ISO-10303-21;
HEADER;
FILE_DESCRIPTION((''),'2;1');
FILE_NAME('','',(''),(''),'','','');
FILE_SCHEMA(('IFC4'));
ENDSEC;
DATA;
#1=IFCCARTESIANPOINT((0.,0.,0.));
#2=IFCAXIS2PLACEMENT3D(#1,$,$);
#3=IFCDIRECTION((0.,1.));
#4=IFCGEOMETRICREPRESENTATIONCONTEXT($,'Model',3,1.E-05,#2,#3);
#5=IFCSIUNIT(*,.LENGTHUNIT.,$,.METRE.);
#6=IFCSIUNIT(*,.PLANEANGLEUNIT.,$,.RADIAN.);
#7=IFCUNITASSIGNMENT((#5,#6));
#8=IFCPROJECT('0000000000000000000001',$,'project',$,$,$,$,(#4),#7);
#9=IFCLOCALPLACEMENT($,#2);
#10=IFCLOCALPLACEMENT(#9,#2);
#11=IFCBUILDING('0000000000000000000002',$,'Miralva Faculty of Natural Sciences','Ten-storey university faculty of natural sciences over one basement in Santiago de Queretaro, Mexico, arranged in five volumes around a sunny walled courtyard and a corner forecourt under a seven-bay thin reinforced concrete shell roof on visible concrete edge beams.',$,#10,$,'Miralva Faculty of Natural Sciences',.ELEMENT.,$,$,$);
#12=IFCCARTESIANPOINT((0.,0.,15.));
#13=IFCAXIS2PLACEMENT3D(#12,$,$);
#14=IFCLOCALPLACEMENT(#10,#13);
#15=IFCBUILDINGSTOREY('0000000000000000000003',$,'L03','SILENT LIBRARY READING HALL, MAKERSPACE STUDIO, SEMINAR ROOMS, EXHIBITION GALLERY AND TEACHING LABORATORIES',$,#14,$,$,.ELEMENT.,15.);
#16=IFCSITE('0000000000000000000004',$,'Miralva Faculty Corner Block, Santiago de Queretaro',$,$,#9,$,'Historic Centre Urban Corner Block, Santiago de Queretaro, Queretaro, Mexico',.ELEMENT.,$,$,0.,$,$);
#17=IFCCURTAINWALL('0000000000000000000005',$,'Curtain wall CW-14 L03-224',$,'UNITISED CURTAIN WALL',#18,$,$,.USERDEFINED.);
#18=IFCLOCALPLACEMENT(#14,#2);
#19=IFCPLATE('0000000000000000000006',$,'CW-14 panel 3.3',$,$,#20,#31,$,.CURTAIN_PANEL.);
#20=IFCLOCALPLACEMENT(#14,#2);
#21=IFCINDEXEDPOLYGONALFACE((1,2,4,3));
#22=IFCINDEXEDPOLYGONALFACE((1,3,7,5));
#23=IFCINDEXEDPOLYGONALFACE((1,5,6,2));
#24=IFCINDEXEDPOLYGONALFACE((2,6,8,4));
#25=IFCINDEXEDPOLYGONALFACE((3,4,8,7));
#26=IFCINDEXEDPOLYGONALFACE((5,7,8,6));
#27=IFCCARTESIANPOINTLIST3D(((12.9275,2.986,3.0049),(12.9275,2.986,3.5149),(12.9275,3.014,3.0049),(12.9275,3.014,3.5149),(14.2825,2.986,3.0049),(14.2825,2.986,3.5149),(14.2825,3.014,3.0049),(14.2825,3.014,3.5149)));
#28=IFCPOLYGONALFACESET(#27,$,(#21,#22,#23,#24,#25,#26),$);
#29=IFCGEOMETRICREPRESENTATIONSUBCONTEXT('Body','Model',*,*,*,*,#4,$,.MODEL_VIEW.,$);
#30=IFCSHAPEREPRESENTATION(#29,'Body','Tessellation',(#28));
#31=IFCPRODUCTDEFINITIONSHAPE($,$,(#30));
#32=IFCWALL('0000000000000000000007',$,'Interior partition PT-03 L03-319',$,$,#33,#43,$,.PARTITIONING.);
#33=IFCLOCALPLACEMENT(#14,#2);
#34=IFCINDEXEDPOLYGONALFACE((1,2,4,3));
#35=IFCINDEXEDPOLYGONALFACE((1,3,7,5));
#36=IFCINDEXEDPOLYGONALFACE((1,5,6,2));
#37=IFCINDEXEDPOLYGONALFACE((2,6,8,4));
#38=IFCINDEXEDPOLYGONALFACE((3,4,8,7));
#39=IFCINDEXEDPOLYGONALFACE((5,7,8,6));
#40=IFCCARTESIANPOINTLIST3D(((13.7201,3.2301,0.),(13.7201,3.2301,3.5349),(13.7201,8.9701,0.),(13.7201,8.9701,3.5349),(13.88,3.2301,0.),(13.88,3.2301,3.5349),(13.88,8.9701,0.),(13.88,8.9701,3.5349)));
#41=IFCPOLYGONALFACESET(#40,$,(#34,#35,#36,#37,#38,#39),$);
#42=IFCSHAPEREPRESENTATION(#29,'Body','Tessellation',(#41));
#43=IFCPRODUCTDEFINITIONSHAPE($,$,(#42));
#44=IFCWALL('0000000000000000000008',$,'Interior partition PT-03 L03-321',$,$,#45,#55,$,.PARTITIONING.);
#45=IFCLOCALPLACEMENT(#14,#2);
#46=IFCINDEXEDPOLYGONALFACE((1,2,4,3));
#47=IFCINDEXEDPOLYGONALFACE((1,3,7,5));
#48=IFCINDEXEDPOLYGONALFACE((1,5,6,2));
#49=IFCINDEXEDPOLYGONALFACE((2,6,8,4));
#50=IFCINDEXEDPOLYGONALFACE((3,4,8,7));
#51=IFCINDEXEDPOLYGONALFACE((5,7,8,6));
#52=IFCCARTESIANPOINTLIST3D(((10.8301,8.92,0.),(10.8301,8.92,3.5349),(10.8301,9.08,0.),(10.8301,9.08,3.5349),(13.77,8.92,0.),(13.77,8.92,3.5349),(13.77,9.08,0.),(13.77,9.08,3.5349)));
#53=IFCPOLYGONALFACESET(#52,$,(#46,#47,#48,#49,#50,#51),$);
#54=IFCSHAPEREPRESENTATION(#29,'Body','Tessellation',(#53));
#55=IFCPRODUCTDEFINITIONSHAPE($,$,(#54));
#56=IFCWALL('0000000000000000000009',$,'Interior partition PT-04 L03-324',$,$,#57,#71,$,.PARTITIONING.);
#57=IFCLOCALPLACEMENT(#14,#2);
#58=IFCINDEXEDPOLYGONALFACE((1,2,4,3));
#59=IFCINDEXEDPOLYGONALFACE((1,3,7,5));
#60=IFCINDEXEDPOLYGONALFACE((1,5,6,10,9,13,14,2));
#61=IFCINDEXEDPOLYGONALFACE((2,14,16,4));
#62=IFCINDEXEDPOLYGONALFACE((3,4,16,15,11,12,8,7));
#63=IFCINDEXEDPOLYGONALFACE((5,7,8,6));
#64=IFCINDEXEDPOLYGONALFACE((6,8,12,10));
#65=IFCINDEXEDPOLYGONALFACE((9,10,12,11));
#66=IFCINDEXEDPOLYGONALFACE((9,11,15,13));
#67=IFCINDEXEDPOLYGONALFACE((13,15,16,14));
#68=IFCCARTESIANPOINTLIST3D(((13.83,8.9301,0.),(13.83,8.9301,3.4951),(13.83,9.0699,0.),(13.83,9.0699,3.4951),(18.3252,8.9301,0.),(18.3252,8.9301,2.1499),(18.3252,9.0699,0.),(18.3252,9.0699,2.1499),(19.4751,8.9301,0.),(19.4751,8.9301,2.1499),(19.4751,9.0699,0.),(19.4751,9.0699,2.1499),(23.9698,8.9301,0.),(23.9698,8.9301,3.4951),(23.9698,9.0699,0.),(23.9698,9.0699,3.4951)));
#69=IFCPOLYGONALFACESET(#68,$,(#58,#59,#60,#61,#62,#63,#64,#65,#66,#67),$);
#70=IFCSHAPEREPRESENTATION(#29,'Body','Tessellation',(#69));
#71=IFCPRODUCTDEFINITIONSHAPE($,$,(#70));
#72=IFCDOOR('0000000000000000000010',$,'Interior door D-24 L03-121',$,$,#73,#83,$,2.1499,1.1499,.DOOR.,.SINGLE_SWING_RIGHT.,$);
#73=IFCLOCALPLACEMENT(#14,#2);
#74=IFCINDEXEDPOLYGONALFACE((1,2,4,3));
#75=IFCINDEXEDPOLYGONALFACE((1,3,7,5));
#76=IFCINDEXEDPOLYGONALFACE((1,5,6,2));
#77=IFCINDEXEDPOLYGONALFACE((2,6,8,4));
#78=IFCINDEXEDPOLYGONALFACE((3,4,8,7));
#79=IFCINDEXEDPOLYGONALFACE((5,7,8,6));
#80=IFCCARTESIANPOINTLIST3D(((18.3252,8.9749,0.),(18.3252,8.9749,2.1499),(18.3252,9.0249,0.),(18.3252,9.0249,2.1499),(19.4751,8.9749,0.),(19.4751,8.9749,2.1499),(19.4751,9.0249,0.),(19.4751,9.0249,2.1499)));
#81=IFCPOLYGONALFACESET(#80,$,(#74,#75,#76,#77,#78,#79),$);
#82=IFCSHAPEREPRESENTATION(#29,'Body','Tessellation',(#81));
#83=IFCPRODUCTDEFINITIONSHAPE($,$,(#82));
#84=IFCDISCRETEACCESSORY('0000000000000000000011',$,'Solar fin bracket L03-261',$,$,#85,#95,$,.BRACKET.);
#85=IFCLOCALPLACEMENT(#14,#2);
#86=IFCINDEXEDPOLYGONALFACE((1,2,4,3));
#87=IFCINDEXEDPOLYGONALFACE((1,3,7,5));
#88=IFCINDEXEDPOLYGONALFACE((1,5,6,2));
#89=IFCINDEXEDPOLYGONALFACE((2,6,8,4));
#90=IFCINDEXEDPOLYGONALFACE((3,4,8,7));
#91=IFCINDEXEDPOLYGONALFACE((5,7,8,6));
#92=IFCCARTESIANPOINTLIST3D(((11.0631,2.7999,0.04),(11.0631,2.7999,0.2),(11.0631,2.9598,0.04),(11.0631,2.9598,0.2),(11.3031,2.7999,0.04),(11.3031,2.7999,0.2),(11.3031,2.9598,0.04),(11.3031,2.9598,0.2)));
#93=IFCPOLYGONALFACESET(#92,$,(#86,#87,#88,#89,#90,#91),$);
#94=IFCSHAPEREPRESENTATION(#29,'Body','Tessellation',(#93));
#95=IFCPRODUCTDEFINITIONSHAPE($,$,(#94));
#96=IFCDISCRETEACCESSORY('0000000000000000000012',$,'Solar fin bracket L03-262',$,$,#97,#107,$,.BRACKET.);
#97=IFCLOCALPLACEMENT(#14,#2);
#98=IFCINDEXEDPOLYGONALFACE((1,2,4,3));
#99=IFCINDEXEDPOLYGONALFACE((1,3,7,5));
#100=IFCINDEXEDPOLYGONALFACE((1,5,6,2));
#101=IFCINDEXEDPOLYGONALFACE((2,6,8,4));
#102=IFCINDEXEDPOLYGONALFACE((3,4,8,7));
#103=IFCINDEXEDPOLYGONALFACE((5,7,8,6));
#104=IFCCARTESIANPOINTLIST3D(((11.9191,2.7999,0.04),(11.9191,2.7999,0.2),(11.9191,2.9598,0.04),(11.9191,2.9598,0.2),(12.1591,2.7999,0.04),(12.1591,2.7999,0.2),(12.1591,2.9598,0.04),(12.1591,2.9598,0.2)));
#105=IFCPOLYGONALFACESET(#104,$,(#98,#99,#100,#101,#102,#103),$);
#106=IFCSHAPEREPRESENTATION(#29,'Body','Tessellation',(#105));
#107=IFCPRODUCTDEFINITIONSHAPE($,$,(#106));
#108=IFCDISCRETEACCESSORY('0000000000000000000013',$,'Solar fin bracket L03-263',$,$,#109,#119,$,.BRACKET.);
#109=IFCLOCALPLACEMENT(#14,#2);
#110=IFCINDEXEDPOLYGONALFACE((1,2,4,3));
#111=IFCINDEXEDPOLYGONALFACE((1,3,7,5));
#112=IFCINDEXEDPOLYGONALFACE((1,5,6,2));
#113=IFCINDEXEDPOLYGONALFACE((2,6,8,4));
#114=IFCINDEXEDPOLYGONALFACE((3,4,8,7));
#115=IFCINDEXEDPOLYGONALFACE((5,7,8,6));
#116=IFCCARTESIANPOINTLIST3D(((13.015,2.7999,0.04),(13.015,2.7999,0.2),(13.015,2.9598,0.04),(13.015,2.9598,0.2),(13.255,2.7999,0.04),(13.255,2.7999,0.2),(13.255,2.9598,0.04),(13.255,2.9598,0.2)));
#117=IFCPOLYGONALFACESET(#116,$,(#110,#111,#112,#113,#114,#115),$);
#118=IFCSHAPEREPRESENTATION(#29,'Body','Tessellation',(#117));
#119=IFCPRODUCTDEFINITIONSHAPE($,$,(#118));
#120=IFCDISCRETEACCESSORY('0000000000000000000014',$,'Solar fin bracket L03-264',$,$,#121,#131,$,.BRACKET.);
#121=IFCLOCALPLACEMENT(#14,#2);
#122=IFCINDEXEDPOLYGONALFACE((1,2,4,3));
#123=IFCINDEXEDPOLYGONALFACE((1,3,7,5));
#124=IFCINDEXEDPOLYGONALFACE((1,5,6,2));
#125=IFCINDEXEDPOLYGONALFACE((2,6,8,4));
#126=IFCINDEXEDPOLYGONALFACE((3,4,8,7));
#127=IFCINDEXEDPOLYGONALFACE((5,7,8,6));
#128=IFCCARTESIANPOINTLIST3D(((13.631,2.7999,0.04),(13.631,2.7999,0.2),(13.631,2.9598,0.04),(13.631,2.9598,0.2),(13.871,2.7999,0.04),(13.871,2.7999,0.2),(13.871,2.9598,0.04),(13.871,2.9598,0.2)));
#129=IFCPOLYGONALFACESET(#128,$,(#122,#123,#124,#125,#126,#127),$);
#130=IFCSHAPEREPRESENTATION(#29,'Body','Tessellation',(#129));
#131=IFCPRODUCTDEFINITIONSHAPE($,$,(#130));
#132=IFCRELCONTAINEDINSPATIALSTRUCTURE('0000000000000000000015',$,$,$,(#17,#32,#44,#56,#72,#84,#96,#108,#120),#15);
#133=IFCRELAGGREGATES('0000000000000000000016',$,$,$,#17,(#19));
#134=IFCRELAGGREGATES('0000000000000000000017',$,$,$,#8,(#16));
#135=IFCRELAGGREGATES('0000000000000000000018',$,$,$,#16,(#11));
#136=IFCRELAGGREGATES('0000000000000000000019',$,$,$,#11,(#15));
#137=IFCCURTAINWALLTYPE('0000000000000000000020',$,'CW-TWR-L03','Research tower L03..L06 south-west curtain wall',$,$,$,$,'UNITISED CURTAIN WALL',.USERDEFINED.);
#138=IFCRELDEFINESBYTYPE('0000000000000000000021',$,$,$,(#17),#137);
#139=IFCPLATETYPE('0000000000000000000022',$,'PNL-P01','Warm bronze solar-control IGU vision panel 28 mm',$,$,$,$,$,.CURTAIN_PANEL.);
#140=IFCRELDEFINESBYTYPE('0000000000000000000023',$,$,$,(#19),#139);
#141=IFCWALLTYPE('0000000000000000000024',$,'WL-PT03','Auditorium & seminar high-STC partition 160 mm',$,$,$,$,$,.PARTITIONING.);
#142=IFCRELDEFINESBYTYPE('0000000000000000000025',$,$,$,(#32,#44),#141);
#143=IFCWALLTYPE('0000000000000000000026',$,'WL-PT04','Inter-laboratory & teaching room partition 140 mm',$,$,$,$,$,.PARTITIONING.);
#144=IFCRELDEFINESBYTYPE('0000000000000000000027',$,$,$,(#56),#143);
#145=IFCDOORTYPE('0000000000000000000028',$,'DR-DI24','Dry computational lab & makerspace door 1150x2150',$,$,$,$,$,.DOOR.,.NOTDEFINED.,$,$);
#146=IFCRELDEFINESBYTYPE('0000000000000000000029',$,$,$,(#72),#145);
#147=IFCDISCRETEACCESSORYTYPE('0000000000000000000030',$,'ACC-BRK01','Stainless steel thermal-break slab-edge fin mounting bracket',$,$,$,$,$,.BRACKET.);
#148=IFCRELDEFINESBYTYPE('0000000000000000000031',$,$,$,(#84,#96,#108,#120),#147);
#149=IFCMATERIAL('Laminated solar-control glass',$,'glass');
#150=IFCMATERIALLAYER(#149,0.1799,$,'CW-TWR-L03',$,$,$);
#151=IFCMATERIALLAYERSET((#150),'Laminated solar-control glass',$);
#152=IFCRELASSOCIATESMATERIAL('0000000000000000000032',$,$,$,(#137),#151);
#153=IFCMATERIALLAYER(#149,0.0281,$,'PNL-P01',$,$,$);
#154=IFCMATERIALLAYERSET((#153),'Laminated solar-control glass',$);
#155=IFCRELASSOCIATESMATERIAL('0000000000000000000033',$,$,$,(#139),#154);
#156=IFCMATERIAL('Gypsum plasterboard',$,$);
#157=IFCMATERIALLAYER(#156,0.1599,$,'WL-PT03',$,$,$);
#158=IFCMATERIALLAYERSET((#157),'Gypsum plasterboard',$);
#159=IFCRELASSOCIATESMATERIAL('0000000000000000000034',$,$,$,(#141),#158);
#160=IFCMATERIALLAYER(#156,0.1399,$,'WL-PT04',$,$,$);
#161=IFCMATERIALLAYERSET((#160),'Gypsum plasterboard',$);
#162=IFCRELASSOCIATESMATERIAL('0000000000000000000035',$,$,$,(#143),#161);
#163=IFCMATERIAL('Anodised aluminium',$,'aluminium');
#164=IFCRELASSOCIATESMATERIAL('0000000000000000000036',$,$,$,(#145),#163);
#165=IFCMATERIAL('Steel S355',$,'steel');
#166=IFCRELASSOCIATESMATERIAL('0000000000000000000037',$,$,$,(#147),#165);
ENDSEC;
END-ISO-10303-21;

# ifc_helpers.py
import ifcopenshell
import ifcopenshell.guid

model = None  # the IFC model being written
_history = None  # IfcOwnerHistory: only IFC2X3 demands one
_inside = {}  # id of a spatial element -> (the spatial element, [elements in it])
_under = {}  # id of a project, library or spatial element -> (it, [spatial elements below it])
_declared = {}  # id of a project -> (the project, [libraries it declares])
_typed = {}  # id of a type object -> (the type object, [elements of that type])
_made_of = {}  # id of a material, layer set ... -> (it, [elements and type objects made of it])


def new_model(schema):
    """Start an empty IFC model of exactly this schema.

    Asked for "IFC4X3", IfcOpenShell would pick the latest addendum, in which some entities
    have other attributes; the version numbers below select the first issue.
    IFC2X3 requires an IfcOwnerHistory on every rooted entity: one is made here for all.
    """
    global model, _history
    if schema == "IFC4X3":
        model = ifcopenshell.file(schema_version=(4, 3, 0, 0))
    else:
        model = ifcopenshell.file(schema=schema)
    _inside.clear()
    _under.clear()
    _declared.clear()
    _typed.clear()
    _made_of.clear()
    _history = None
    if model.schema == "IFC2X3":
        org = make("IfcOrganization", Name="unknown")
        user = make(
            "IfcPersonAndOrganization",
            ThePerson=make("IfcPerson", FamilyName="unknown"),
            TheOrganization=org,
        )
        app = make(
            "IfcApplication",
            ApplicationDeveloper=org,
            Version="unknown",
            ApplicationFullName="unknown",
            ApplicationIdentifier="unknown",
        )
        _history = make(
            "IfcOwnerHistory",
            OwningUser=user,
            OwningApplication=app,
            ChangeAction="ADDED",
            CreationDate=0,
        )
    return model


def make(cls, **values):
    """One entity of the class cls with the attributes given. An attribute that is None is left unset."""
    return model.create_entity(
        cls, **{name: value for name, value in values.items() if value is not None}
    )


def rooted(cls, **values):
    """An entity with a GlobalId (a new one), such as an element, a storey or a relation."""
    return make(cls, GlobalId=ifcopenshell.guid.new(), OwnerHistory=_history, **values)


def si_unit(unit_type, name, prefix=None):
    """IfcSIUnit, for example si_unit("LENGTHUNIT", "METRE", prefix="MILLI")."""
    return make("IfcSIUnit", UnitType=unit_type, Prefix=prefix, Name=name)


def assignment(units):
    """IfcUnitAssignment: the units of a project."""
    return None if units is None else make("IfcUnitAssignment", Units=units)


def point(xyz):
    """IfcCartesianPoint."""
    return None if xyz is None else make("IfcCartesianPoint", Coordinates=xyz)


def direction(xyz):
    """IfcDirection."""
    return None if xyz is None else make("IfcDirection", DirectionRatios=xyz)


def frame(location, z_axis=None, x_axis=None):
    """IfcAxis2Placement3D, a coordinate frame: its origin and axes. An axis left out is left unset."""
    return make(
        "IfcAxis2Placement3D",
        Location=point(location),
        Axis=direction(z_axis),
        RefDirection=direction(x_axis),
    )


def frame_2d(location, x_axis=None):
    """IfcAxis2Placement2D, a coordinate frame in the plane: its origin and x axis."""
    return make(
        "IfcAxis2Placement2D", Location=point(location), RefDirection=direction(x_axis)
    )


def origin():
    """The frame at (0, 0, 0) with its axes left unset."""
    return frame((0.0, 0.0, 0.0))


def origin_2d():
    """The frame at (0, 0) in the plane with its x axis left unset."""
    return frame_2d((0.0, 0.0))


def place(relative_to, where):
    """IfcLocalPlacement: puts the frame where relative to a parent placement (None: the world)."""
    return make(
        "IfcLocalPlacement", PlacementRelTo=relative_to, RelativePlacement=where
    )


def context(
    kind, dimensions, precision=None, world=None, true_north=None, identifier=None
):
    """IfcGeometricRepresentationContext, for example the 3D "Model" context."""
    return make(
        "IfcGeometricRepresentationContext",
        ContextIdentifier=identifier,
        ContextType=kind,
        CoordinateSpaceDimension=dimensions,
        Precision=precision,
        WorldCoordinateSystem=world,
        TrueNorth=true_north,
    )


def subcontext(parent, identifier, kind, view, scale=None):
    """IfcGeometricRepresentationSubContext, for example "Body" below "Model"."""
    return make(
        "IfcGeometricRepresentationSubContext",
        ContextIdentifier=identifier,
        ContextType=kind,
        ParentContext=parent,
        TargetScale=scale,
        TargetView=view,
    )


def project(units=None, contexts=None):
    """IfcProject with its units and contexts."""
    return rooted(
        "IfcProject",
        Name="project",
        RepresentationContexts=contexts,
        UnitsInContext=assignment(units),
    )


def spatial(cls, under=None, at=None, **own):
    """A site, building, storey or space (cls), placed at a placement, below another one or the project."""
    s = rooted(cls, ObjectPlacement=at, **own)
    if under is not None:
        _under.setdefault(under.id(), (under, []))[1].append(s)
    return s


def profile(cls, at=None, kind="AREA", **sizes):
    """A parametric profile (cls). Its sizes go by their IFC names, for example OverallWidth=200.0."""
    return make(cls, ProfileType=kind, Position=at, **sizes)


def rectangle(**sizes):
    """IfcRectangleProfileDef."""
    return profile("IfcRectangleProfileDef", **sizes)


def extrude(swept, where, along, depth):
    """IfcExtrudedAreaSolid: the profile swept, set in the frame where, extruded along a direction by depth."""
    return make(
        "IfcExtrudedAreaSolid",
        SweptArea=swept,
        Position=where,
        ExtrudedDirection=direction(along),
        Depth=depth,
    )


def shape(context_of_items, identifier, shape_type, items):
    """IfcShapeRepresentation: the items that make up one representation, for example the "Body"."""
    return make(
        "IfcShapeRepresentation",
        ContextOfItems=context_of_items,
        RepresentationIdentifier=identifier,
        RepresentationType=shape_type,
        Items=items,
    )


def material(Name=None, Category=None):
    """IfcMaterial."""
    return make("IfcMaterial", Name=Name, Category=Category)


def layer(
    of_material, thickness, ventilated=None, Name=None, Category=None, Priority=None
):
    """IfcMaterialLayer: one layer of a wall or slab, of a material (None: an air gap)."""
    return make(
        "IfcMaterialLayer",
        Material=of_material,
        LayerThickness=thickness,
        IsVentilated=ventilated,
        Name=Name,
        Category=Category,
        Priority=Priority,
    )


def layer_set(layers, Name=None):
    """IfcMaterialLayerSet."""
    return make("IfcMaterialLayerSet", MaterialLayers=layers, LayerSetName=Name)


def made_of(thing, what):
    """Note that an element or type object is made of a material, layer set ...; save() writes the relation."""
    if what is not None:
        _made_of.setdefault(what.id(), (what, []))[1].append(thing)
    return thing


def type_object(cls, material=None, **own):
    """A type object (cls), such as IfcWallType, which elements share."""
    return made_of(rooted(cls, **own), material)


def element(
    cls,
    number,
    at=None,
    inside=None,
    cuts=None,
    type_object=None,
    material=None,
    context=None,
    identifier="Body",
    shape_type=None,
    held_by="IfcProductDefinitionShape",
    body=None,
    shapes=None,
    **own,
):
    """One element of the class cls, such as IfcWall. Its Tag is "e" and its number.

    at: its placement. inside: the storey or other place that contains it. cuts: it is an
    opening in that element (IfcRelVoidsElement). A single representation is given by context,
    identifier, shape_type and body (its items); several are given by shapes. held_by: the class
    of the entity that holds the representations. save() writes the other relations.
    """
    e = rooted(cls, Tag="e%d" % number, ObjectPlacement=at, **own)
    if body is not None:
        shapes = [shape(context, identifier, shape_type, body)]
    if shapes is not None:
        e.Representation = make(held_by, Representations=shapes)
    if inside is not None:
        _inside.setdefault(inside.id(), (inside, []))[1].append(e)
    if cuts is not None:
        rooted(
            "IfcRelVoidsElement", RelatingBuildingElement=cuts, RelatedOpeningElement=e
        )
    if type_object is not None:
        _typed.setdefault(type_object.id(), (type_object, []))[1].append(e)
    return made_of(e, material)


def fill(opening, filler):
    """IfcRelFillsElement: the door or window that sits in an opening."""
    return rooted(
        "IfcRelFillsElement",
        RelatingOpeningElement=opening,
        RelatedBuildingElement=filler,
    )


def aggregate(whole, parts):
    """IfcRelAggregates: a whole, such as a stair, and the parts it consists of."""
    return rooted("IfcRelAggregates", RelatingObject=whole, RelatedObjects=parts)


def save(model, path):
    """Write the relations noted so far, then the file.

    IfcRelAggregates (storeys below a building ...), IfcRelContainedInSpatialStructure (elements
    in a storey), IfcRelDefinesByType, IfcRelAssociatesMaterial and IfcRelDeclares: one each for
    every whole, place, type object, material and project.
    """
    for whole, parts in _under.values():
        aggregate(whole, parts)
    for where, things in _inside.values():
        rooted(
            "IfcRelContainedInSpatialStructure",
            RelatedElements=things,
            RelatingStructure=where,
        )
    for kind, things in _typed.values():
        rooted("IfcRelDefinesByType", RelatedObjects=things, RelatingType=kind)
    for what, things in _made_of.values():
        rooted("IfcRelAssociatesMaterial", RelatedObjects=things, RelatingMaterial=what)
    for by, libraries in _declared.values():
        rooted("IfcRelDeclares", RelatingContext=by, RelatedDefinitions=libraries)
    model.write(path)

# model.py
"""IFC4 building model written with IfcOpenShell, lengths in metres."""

from ifc_helpers import new_model, si_unit, direction, frame, frame_2d, origin, origin_2d, place, context, subcontext, project, spatial, rectangle, extrude, material, layer, layer_set, type_object, element, fill, aggregate, save


model = new_model("IFC4")

# Units and contexts
model_context = context("Model", 3, precision=1e-05, world=origin(), true_north=direction((0.0, 1.0)))
body_context = subcontext(model_context, "Body", "Model", "MODEL_VIEW")
ifc_project = project(units=[si_unit("LENGTHUNIT", "METRE"), si_unit("PLANEANGLEUNIT", "RADIAN")], contexts=[model_context])

# Site, building, storey
site_placement = place(None, origin())
site = spatial("IfcSite", under=ifc_project, at=site_placement, Name="Miralva Faculty Corner Block, Santiago de Queretaro", LongName="Historic Centre Urban Corner Block, Santiago de Queretaro, Queretaro, Mexico", CompositionType="ELEMENT", RefElevation=0.0)
building_placement = place(site_placement, origin())
building = spatial("IfcBuilding", under=site, at=building_placement, Name="Miralva Faculty of Natural Sciences", Description="Ten-storey university faculty of natural sciences over one basement in Santiago de Queretaro, Mexico, arranged in five volumes around a sunny walled courtyard and a corner forecourt under a seven-bay thin reinforced concrete shell roof on visible concrete edge beams.", LongName="Miralva Faculty of Natural Sciences", CompositionType="ELEMENT")
storey_placement = place(building_placement, frame((0.0, 0.0, 15.0)))
storey = spatial("IfcBuildingStorey", under=building, at=storey_placement, Name="L03", Description="SILENT LIBRARY READING HALL, MAKERSPACE STUDIO, SEMINAR ROOMS, EXHIBITION GALLERY AND TEACHING LABORATORIES", CompositionType="ELEMENT", Elevation=15.0)

# Curtain wall
ifc_material_1 = material(Name="Laminated solar-control glass", Category="glass")
ifc_layer_1 = layer(ifc_material_1, 0.1799, Name="CW-TWR-L03")
ifc_layer_set_1 = layer_set([ifc_layer_1], Name="Laminated solar-control glass")
curtain_wall_type = type_object("IfcCurtainWallType", Name="CW-TWR-L03", Description="Research tower L03..L06 south-west curtain wall", ElementType="UNITISED CURTAIN WALL", PredefinedType="USERDEFINED", material=ifc_layer_set_1)
curtain_wall_placement = place(storey_placement, origin())
curtain_wall = element("IfcCurtainWall", 1, at=curtain_wall_placement, inside=storey, type_object=curtain_wall_type, Name="Curtain wall CW-14 L03-224", ObjectType="UNITISED CURTAIN WALL", PredefinedType="USERDEFINED")
ifc_material_2 = material(Name="Anodised aluminium", Category="aluminium")

# Plate
ifc_layer_2 = layer(ifc_material_1, 0.0281, Name="PNL-P01")
ifc_layer_set_2 = layer_set([ifc_layer_2], Name="Laminated solar-control glass")
plate_type = type_object("IfcPlateType", Name="PNL-P01", Description="Warm bronze solar-control IGU vision panel 28 mm", PredefinedType="CURTAIN_PANEL", material=ifc_layer_set_2)
plate_1_placement = place(storey_placement, frame((13.605, 3.0, 3.0049), z_axis=(0.0, 0.0, 1.0), x_axis=(1.0, 0.0, 0.0)))
plate_1 = element("IfcPlate", 2, at=plate_1_placement, type_object=plate_type, Name="CW-14 panel 3.3", PredefinedType="CURTAIN_PANEL", context=body_context, shape_type="SweptSolid", body=[
    extrude(rectangle(XDim=1.355, YDim=0.0281, at=origin_2d()), origin(), (0.0, 0.0, 1.0), 0.51),
])
aggregate(curtain_wall, [plate_1])

# Walls
ifc_material_3 = material(Name="Gypsum plasterboard")
ifc_layer_3 = layer(ifc_material_3, 0.1599, Name="WL-PT03")
ifc_layer_set_3 = layer_set([ifc_layer_3], Name="Gypsum plasterboard")
wall_type_1 = type_object("IfcWallType", Name="WL-PT03", Description="Auditorium & seminar high-STC partition 160 mm", PredefinedType="PARTITIONING", material=ifc_layer_set_3)
wall_1_placement = place(storey_placement, frame((13.8, 3.23, 0.0), z_axis=(0.0, 0.0, 1.0), x_axis=(0.0, 1.0, 0.0)))
element("IfcWall", 3, at=wall_1_placement, inside=storey, type_object=wall_type_1, Name="Interior partition PT-03 L03-319", PredefinedType="PARTITIONING", context=body_context, shape_type="SweptSolid", body=[
    extrude(rectangle(XDim=5.74, YDim=0.1599, at=frame_2d((2.8701, 0.0))), origin(), (0.0, 0.0, 1.0), 3.5349),
])
wall_2_placement = place(storey_placement, frame((10.8301, 9.0, 0.0), z_axis=(0.0, 0.0, 1.0), x_axis=(1.0, 0.0, 0.0)))
element("IfcWall", 4, at=wall_2_placement, inside=storey, type_object=wall_type_1, Name="Interior partition PT-03 L03-321", PredefinedType="PARTITIONING", context=body_context, shape_type="SweptSolid", body=[
    extrude(rectangle(XDim=2.9399, YDim=0.1599, at=frame_2d((1.47, 0.0))), origin(), (0.0, 0.0, 1.0), 3.5349),
])

# Wall, opening, door
ifc_layer_4 = layer(ifc_material_3, 0.1399, Name="WL-PT04")
ifc_layer_set_4 = layer_set([ifc_layer_4], Name="Gypsum plasterboard")
wall_type_2 = type_object("IfcWallType", Name="WL-PT04", Description="Inter-laboratory & teaching room partition 140 mm", PredefinedType="PARTITIONING", material=ifc_layer_set_4)
wall_3_placement = place(storey_placement, frame((13.8301, 9.0, 0.0), z_axis=(0.0, 0.0, 1.0), x_axis=(1.0, 0.0, 0.0)))
wall_3 = element("IfcWall", 5, at=wall_3_placement, inside=storey, type_object=wall_type_2, Name="Interior partition PT-04 L03-324", PredefinedType="PARTITIONING", context=body_context, shape_type="SweptSolid", body=[
    extrude(rectangle(XDim=10.1399, YDim=0.1399, at=frame_2d((5.0698, 0.0))), origin(), (0.0, 0.0, 1.0), 3.4951),
])
opening_placement = place(wall_3_placement, frame((4.4951, 0.0, 0.0)))
opening = element("IfcOpeningElement", 6, at=opening_placement, cuts=wall_3, PredefinedType="OPENING", context=body_context, shape_type="SweptSolid", body=[
    extrude(rectangle(XDim=1.1499, YDim=2.1499, at=frame_2d((0.575, 1.075))), frame((0.0, 0.0798, 0.0), z_axis=(0.0, -1.0, 0.0), x_axis=(1.0, 0.0, 0.0)), (0.0, 0.0, 1.0), 0.1599),
])
door_type = type_object("IfcDoorType", Name="DR-DI24", Description="Dry computational lab & makerspace door 1150x2150", OperationType="NOTDEFINED", PredefinedType="DOOR", material=ifc_material_2)
door_placement = place(opening_placement, origin())
door = element("IfcDoor", 7, at=door_placement, inside=storey, type_object=door_type, Name="Interior door D-24 L03-121", OperationType="SINGLE_SWING_RIGHT", OverallHeight=2.1499, OverallWidth=1.1499, PredefinedType="DOOR", context=body_context, shape_type="SweptSolid", body=[
    extrude(rectangle(XDim=1.1499, YDim=2.1499, at=frame_2d((0.575, 1.075))), frame((0.0, 0.0249, 0.0), z_axis=(0.0, -1.0, 0.0), x_axis=(1.0, 0.0, 0.0)), (0.0, 0.0, 1.0), 0.05),
])
fill(opening, door)

# Discrete accessories
ifc_material_4 = material(Name="Steel S355", Category="steel")
discrete_accessory_type = type_object("IfcDiscreteAccessoryType", Name="ACC-BRK01", Description="Stainless steel thermal-break slab-edge fin mounting bracket", PredefinedType="BRACKET", material=ifc_material_4)
for number, where, z_axis, x_axis, name in (
    (8, (11.1831, 2.8799, 0.04), (0.0, 0.0, 1.0), (0.0, -1.0, 0.0), "Solar fin bracket L03-261"),
    (9, (12.0391, 2.8799, 0.04), (0.0, 0.0, 1.0), (0.0, -1.0, 0.0), "Solar fin bracket L03-262"),
    (10, (13.135, 2.8799, 0.04), (0.0, 0.0, 1.0), (0.0, -1.0, 0.0), "Solar fin bracket L03-263"),
    (11, (13.751, 2.8799, 0.04), (0.0, 0.0, 1.0), (0.0, -1.0, 0.0), "Solar fin bracket L03-264"),
):
    element("IfcDiscreteAccessory", number, at=place(storey_placement, frame(where, z_axis=z_axis, x_axis=x_axis)), inside=storey, type_object=discrete_accessory_type, Name=name, PredefinedType="BRACKET", context=body_context, shape_type="SweptSolid", body=[
        extrude(rectangle(XDim=0.1599, YDim=0.24, at=origin_2d()), origin(), (0.0, 0.0, 1.0), 0.1599),
    ])

save(model, "model.ifc")
